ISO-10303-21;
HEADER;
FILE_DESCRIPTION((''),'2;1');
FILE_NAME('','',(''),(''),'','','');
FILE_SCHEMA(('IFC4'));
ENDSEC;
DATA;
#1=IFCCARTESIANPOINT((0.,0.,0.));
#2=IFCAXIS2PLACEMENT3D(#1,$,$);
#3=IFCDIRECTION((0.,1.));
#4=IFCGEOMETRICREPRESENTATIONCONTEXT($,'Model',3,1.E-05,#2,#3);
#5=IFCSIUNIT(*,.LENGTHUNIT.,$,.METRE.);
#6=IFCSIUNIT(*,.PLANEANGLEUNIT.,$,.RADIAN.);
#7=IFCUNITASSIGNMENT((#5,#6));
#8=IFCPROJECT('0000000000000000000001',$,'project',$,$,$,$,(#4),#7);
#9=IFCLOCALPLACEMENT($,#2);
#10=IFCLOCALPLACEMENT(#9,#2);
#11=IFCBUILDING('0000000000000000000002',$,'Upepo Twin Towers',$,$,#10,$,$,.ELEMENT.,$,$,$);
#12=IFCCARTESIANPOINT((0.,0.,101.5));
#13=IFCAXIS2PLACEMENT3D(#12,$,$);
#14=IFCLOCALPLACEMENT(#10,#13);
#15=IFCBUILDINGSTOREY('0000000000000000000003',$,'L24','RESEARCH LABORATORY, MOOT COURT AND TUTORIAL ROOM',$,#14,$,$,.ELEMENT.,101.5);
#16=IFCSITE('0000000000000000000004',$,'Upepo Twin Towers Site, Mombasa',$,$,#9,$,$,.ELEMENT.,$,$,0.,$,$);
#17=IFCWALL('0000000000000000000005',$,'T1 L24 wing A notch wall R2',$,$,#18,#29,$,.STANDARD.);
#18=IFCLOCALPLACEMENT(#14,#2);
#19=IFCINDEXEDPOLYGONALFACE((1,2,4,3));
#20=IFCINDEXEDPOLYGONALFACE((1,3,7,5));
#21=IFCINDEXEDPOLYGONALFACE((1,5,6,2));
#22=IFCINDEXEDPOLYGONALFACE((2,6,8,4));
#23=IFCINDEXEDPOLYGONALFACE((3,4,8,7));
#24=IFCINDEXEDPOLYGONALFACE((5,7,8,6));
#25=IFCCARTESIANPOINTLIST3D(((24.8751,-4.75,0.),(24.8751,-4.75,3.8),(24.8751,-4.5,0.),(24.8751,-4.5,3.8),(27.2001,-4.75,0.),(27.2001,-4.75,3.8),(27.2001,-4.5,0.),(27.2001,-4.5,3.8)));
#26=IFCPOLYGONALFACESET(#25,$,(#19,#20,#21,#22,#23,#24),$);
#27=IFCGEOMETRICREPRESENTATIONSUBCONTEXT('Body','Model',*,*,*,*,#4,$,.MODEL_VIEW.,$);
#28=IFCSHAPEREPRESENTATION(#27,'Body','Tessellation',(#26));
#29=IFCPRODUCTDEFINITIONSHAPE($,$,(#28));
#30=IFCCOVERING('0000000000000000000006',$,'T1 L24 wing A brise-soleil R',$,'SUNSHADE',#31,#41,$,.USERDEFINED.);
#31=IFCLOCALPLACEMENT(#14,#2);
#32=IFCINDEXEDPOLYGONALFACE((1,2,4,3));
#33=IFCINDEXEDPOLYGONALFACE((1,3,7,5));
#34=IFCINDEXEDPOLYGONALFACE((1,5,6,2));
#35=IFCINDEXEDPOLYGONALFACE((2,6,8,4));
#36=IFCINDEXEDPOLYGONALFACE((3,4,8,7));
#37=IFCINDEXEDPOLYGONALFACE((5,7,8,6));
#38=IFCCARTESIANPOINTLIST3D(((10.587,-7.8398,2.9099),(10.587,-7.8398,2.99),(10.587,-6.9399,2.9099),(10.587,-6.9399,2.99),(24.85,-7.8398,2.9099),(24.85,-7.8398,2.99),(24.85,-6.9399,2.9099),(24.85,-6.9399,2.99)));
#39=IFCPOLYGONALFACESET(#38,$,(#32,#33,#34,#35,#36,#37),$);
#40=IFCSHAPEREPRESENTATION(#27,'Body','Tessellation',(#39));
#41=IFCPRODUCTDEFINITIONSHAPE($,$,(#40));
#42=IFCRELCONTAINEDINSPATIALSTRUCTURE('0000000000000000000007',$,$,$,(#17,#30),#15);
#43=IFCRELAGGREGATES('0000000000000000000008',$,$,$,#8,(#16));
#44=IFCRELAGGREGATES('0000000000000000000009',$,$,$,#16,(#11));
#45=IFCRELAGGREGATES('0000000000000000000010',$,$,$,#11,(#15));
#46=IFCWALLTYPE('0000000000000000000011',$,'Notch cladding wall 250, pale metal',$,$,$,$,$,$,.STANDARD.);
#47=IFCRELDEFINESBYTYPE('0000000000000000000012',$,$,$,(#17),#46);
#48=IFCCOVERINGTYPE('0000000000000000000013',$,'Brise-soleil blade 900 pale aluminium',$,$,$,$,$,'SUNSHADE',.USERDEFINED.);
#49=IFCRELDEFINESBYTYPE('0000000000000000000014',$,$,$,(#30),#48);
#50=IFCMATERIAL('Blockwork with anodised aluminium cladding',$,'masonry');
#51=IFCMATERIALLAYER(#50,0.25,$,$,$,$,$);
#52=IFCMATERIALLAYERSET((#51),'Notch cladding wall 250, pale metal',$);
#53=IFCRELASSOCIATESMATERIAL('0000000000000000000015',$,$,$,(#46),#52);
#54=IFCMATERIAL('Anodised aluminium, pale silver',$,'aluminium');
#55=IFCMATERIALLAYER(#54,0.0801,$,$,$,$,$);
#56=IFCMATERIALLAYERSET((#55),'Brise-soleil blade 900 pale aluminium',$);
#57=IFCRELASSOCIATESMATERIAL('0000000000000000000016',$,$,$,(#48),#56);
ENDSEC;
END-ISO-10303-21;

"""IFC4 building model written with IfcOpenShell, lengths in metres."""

from ifc_helpers import new_model, si_unit, direction, frame, frame_2d, origin, origin_2d, place, context, subcontext, project, spatial, rectangle, extrude, material, layer, layer_set, type_object, element, save


model = new_model("IFC4")

# Units and contexts
model_context = context("Model", 3, precision=1e-05, world=origin(), true_north=direction((0.0, 1.0)))
body_context = subcontext(model_context, "Body", "Model", "MODEL_VIEW")
ifc_project = project(units=[si_unit("LENGTHUNIT", "METRE"), si_unit("PLANEANGLEUNIT", "RADIAN")], contexts=[model_context])

# Site, building, storey
site_placement = place(None, origin())
site = spatial("IfcSite", under=ifc_project, at=site_placement, Name="Upepo Twin Towers Site, Mombasa", CompositionType="ELEMENT", RefElevation=0.0)
building_placement = place(site_placement, origin())
building = spatial("IfcBuilding", under=site, at=building_placement, Name="Upepo Twin Towers", CompositionType="ELEMENT")
storey_placement = place(building_placement, frame((0.0, 0.0, 101.5)))
storey = spatial("IfcBuildingStorey", under=building, at=storey_placement, Name="L24", Description="RESEARCH LABORATORY, MOOT COURT AND TUTORIAL ROOM", CompositionType="ELEMENT", Elevation=101.5)

# Wall
ifc_material_1 = material(Name="Blockwork with anodised aluminium cladding", Category="masonry")
ifc_layer_1 = layer(ifc_material_1, 0.25)
ifc_layer_set_1 = layer_set([ifc_layer_1], Name="Notch cladding wall 250, pale metal")
wall_type_1 = type_object("IfcWallType", Name="Notch cladding wall 250, pale metal", PredefinedType="STANDARD", material=ifc_layer_set_1)
for number, where, z_axis, x_axis, name in (
    (1, (24.875, -4.625, 0.0), (0.0, 0.0, 1.0), (1.0, 0.0, 0.0), "T1 L24 wing A notch wall R2"),
):
    element("IfcWall", number, at=place(storey_placement, frame(where, z_axis=z_axis, x_axis=x_axis)), inside=storey, type_object=wall_type_1, Name=name, PredefinedType="STANDARD", context=body_context, shape_type="SweptSolid", body=[
        extrude(rectangle(XDim=2.325, YDim=0.25, at=frame_2d((1.1626, 0.0))), origin(), (0.0, 0.0, 1.0), 3.8),
    ])

# Covering
ifc_material_2 = material(Name="Anodised aluminium, pale silver", Category="aluminium")
ifc_layer_2 = layer(ifc_material_2, 0.0801)
ifc_layer_set_2 = layer_set([ifc_layer_2], Name="Brise-soleil blade 900 pale aluminium")
covering_type = type_object("IfcCoveringType", Name="Brise-soleil blade 900 pale aluminium", ElementType="SUNSHADE", PredefinedType="USERDEFINED", material=ifc_layer_set_2)
covering_placement = place(storey_placement, frame((17.7185, -7.3899, 2.9099), z_axis=(0.0, 0.0, 1.0), x_axis=(1.0, 0.0, 0.0)))
element("IfcCovering", 2, at=covering_placement, inside=storey, type_object=covering_type, Name="T1 L24 wing A brise-soleil R", ObjectType="SUNSHADE", PredefinedType="USERDEFINED", context=body_context, shape_type="SweptSolid", body=[
    extrude(rectangle(XDim=14.2629, YDim=0.8999, at=origin_2d()), origin(), (0.0, 0.0, 1.0), 0.0801),
])

save(model, "model.ifc")
